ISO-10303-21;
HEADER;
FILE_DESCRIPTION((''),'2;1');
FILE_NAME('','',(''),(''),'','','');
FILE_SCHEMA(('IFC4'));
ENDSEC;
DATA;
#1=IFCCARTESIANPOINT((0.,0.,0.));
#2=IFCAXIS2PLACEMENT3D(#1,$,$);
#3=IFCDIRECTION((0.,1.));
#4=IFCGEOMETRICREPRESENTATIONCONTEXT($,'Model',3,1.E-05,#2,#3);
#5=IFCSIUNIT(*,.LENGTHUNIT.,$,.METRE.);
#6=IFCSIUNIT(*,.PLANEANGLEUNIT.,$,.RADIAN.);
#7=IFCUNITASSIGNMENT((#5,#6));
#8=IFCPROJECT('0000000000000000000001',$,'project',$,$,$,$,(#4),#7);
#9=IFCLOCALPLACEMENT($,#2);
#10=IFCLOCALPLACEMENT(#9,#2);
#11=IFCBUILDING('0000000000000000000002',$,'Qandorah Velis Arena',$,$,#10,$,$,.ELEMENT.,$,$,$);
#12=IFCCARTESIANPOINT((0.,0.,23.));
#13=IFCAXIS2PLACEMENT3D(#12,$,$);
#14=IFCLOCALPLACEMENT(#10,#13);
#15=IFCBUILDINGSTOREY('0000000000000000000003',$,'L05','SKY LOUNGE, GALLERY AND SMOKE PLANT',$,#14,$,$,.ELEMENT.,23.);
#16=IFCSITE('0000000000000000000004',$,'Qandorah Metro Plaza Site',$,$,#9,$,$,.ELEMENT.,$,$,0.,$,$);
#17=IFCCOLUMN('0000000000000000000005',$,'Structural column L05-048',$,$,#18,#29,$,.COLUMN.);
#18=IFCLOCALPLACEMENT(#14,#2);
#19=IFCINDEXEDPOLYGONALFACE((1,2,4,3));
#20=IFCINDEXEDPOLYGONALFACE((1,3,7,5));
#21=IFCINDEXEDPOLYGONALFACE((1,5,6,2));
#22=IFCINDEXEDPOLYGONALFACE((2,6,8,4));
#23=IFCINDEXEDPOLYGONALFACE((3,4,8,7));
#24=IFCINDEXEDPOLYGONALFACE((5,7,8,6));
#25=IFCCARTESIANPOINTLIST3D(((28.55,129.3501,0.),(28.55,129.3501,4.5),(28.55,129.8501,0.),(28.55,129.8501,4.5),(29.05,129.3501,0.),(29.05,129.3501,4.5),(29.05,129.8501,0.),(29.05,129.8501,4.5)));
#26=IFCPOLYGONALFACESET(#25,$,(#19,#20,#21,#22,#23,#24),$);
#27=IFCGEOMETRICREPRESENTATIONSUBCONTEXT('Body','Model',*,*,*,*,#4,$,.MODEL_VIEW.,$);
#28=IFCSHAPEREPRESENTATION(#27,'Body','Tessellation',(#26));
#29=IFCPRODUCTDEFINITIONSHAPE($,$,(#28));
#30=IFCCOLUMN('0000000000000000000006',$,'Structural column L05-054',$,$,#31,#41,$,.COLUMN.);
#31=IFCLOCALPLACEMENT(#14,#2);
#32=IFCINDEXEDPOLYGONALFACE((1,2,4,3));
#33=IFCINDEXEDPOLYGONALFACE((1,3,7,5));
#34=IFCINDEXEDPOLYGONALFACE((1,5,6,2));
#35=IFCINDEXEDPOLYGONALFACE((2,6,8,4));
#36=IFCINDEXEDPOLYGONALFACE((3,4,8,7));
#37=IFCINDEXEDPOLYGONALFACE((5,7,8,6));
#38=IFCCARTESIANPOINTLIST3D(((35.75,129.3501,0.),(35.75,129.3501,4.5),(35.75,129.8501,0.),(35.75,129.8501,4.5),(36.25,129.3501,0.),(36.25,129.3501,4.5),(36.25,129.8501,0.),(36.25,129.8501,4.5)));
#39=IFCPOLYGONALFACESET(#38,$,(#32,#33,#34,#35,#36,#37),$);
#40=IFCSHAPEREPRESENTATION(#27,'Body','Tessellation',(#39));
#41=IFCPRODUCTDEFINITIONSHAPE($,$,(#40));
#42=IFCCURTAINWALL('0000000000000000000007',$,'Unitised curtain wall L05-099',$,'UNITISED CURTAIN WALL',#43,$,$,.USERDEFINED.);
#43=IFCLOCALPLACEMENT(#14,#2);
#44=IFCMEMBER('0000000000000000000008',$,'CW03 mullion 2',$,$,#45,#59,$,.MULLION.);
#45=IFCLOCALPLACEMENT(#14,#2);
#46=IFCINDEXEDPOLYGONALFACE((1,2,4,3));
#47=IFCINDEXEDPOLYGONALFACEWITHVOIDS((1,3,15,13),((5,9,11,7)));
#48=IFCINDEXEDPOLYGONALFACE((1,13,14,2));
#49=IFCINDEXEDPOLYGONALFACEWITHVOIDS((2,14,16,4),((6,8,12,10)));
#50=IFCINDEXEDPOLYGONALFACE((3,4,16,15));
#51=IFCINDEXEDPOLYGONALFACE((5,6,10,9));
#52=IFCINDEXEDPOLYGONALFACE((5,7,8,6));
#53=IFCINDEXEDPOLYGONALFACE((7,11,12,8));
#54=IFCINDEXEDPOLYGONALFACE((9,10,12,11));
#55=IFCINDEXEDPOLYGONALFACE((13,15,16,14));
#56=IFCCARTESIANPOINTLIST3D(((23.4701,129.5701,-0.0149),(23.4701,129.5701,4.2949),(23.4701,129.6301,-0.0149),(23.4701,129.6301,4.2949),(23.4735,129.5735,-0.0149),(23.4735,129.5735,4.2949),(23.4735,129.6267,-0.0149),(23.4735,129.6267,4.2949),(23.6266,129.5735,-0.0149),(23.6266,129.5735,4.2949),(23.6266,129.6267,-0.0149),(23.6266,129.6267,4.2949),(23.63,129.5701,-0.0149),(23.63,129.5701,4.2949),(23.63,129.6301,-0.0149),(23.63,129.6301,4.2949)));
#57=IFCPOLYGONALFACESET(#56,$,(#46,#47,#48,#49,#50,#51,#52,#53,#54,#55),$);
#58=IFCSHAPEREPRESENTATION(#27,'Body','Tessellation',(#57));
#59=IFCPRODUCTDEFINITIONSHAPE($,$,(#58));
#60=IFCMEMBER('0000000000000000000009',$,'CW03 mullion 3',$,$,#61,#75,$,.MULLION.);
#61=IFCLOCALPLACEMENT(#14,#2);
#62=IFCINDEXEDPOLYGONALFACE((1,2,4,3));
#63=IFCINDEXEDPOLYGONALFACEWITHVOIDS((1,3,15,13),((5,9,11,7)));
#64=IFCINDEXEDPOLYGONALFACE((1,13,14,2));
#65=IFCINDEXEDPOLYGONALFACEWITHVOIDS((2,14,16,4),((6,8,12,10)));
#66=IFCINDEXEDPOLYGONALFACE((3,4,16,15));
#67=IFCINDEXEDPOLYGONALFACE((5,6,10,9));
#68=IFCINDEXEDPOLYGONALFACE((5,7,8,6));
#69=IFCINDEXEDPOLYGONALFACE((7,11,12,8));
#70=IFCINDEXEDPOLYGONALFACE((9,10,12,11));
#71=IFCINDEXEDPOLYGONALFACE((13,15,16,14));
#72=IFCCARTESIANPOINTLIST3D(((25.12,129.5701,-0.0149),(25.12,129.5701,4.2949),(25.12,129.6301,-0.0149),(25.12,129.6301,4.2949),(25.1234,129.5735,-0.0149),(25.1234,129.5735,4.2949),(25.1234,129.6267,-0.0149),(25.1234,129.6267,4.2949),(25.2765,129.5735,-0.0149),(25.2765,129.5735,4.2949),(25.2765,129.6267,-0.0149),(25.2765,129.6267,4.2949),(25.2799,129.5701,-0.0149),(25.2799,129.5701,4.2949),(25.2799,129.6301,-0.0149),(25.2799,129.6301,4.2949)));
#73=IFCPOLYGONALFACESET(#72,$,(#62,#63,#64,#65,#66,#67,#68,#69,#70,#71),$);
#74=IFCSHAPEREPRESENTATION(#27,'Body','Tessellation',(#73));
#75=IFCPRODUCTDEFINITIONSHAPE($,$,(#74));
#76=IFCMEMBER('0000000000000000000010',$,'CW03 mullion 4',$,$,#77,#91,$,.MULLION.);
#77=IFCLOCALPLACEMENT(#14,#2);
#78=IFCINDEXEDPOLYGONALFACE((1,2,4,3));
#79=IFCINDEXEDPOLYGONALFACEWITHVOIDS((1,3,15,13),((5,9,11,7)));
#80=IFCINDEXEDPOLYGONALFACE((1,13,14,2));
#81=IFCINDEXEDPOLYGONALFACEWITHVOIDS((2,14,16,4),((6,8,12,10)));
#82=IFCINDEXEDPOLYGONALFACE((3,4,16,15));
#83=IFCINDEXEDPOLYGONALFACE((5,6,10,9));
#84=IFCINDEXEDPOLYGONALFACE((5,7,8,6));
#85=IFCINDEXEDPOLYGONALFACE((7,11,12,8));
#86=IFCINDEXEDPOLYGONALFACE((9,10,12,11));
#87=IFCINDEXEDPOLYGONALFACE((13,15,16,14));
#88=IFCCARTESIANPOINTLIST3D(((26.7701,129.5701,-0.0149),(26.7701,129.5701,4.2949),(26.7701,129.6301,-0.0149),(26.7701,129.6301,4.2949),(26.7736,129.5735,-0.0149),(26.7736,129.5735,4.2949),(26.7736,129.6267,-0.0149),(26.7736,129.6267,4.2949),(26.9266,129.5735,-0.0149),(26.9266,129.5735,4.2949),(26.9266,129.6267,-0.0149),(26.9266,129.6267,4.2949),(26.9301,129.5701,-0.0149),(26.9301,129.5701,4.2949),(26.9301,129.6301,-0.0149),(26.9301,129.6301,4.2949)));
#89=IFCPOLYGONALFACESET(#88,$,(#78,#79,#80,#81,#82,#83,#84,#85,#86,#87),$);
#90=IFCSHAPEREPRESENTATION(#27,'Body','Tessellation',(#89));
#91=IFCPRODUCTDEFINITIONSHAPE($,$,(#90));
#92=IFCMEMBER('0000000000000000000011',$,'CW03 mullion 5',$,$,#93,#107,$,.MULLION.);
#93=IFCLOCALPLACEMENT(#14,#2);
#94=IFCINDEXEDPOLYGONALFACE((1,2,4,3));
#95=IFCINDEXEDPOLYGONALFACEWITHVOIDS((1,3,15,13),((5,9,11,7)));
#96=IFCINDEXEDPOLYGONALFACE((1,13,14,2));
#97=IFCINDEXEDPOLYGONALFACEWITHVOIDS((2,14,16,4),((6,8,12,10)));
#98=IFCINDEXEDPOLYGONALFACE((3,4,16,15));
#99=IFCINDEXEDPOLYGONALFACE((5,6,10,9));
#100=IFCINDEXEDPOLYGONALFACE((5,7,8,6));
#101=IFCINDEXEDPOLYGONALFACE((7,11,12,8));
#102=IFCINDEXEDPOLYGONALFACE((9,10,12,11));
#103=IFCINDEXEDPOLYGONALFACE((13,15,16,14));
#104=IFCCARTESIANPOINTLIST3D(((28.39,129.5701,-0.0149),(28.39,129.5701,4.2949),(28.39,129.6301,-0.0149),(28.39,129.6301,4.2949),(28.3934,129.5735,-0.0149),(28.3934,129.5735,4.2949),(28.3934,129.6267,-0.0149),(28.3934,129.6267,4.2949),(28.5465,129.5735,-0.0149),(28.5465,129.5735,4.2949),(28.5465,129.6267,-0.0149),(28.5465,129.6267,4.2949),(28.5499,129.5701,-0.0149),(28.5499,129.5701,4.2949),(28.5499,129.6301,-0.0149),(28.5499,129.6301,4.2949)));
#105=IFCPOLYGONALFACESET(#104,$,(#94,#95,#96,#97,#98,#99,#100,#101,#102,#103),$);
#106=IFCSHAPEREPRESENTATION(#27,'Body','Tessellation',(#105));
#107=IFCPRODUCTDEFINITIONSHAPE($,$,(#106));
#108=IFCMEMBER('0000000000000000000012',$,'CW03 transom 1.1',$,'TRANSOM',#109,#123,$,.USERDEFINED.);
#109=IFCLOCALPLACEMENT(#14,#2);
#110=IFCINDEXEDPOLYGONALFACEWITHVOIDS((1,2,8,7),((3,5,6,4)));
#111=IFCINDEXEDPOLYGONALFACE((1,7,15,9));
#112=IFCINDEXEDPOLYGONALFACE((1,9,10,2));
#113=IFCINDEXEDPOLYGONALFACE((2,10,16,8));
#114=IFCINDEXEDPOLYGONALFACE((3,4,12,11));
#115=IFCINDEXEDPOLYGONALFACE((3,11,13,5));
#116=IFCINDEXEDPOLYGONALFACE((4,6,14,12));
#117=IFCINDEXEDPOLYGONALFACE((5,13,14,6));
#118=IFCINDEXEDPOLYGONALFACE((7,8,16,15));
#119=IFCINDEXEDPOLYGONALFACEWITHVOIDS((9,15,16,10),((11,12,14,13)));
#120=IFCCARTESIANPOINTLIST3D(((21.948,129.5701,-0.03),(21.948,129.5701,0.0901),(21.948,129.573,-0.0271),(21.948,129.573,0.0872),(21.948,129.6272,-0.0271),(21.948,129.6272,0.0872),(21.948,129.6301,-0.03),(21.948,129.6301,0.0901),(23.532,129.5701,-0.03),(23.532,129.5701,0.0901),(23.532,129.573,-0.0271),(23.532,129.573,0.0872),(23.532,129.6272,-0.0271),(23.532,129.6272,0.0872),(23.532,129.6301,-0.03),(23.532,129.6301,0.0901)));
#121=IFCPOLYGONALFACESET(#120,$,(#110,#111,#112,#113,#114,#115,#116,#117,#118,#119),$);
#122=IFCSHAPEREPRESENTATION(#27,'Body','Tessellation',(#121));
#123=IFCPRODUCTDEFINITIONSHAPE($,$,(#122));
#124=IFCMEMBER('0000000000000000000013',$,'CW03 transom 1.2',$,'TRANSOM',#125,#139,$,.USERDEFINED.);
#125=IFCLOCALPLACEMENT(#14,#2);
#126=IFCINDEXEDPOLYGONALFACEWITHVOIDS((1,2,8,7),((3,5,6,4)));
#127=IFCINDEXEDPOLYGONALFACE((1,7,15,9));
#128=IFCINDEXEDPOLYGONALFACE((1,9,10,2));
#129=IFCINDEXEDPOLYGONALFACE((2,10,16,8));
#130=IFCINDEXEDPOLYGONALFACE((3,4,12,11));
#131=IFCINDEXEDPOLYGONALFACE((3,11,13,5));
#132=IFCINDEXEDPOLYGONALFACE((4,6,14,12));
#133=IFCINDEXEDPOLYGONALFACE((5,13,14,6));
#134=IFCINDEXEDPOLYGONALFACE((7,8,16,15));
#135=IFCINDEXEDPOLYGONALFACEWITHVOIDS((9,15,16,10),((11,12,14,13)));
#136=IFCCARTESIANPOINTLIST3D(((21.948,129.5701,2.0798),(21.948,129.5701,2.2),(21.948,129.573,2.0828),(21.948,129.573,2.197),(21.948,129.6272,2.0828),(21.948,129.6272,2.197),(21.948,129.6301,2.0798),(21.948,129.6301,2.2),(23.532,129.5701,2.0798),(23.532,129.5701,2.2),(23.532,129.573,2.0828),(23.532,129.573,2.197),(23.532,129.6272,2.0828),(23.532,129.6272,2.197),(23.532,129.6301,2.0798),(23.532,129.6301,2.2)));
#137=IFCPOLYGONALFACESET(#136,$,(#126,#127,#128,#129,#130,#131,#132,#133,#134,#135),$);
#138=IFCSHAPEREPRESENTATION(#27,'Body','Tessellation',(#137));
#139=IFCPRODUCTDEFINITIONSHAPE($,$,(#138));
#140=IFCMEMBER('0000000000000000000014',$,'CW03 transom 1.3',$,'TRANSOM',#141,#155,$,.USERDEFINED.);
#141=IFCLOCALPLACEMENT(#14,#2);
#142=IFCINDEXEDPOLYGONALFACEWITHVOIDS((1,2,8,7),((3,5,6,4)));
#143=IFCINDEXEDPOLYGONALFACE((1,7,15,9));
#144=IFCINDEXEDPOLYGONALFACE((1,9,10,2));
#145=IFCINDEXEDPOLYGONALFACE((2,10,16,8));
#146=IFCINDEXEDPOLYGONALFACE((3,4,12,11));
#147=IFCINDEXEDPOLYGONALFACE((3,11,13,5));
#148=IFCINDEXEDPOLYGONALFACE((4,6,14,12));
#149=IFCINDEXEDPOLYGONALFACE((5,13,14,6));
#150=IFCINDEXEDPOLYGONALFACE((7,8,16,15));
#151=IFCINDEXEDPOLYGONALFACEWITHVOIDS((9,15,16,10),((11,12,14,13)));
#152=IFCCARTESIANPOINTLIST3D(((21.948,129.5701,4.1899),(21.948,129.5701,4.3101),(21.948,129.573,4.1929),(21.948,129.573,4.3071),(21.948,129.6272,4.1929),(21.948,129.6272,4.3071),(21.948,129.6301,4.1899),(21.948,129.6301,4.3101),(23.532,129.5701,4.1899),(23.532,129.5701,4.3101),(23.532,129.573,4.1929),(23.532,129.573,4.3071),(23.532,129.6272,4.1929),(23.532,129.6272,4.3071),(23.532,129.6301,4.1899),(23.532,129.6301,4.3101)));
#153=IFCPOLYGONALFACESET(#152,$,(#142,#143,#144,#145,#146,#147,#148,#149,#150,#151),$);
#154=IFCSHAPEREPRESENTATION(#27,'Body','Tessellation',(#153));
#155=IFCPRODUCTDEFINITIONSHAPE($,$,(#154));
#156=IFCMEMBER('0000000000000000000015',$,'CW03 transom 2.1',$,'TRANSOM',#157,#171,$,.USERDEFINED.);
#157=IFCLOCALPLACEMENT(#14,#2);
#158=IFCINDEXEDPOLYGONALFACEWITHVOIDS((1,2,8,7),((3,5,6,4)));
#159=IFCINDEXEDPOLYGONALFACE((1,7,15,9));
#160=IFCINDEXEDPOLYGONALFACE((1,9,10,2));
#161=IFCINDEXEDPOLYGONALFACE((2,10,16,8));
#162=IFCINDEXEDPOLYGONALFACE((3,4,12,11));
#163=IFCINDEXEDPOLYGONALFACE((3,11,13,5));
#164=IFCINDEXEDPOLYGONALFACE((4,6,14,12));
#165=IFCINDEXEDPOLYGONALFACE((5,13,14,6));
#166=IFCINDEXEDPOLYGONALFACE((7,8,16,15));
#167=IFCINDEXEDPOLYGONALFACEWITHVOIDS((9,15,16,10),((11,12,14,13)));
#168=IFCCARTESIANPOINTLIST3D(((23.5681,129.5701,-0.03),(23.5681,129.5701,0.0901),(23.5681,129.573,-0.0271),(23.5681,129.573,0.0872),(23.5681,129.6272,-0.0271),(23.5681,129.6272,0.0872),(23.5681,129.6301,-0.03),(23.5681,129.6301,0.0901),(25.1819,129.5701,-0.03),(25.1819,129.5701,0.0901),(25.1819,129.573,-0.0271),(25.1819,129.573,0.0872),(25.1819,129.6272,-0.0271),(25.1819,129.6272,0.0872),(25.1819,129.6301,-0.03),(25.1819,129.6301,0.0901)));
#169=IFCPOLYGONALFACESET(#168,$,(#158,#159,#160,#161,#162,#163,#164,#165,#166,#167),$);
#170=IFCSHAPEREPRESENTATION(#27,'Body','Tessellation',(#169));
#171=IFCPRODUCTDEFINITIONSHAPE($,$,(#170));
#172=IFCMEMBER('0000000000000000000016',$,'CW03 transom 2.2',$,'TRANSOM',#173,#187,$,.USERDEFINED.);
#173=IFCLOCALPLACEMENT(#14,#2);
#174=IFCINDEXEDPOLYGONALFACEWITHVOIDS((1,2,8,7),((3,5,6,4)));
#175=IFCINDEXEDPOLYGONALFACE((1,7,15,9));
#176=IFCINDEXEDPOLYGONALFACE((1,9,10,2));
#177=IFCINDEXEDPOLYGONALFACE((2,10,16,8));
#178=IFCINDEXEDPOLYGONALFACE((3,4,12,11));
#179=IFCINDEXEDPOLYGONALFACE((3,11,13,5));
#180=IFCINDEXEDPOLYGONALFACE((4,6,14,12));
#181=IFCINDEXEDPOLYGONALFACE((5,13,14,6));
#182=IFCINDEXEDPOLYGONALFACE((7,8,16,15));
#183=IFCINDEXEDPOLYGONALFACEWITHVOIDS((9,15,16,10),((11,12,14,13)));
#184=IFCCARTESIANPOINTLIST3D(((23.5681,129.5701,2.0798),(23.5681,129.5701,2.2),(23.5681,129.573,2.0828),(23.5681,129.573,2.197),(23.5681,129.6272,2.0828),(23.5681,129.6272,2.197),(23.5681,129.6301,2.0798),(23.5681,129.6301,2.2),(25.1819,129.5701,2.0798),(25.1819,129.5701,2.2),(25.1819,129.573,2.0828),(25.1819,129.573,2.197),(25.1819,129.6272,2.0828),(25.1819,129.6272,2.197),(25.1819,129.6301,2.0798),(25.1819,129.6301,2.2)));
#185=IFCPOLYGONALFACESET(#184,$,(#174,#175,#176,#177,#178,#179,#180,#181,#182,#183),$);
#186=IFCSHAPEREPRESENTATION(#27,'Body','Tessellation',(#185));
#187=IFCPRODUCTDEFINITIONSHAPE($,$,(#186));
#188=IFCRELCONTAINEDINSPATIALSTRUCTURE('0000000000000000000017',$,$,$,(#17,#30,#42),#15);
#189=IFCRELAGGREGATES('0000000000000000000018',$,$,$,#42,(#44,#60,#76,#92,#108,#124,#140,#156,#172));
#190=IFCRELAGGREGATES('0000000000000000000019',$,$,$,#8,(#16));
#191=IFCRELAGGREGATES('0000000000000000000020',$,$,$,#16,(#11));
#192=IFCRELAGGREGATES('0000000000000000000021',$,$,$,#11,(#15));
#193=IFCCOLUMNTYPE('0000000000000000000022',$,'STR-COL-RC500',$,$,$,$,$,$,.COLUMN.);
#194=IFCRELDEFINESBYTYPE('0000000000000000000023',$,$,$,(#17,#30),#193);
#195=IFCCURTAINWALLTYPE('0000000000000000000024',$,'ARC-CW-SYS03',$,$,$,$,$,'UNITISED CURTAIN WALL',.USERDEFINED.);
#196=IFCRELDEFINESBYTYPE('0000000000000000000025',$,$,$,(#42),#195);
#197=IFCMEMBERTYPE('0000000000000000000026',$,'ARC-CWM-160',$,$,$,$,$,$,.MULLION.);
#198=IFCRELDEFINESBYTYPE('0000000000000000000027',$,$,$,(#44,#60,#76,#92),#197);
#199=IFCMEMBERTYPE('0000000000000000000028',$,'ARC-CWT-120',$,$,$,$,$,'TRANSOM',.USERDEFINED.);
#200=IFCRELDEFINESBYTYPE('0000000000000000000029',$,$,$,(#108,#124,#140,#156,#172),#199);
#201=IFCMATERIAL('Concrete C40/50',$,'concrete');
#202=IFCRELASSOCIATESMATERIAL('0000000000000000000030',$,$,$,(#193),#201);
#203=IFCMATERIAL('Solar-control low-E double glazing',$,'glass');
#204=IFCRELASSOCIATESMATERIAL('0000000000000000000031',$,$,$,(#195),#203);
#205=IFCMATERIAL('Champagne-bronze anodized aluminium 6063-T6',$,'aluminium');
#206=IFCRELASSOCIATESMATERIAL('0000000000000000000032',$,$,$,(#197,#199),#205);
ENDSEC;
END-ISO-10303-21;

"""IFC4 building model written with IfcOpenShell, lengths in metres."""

from ifc_helpers import new_model, si_unit, direction, frame, origin, origin_2d, place, context, subcontext, project, spatial, rectangle, hollow_rectangle, extrude, material, material_profile, profile_set, type_object, element, aggregate, save


model = new_model("IFC4")

# Units and contexts
model_context = context("Model", 3, precision=1e-05, world=origin(), true_north=direction((0.0, 1.0)))
body_context = subcontext(model_context, "Body", "Model", "MODEL_VIEW")
ifc_project = project(units=[si_unit("LENGTHUNIT", "METRE"), si_unit("PLANEANGLEUNIT", "RADIAN")], contexts=[model_context])

# Site, building, storey
site_placement = place(None, origin())
site = spatial("IfcSite", under=ifc_project, at=site_placement, Name="Qandorah Metro Plaza Site", CompositionType="ELEMENT", RefElevation=0.0)
building_placement = place(site_placement, origin())
building = spatial("IfcBuilding", under=site, at=building_placement, Name="Qandorah Velis Arena", CompositionType="ELEMENT")
storey_placement = place(building_placement, frame((0.0, 0.0, 23.0)))
storey = spatial("IfcBuildingStorey", under=building, at=storey_placement, Name="L05", Description="SKY LOUNGE, GALLERY AND SMOKE PLANT", CompositionType="ELEMENT", Elevation=23.0)

# Columns
ifc_material_1 = material(Name="Concrete C40/50", Category="concrete")
ifc_material_profile_1 = material_profile(ifc_material_1, rectangle(XDim=0.5, YDim=0.5, at=origin_2d()), Name="RC COL 500x500")
ifc_profile_set_1 = profile_set([ifc_material_profile_1], Name="Concrete C40/50")
column_type = type_object("IfcColumnType", Name="STR-COL-RC500", PredefinedType="COLUMN", material=ifc_profile_set_1)
for number, where, z_axis, x_axis, name in (
    (1, (28.8, 129.6001, 0.0), (0.0, 0.0, 1.0), (1.0, 0.0, 0.0), "Structural column L05-048"),
    (2, (36.0, 129.6001, 0.0), (0.0, 0.0, 1.0), (1.0, 0.0, 0.0), "Structural column L05-054"),
):
    element("IfcColumn", number, at=place(storey_placement, frame(where, z_axis=z_axis, x_axis=x_axis)), inside=storey, type_object=column_type, Name=name, PredefinedType="COLUMN", context=body_context, shape_type="SweptSolid", body=[
        extrude(rectangle(XDim=0.5, YDim=0.5, at=origin_2d()), origin(), (0.0, 0.0, 1.0), 4.5),
    ])

# Curtain wall, members
ifc_material_2 = material(Name="Solar-control low-E double glazing", Category="glass")
curtain_wall_type = type_object("IfcCurtainWallType", Name="ARC-CW-SYS03", ElementType="UNITISED CURTAIN WALL", PredefinedType="USERDEFINED", material=ifc_material_2)
curtain_wall_placement = place(storey_placement, origin())
curtain_wall = element("IfcCurtainWall", 3, at=curtain_wall_placement, inside=storey, type_object=curtain_wall_type, Name="Unitised curtain wall L05-099", ObjectType="UNITISED CURTAIN WALL", PredefinedType="USERDEFINED")
ifc_material_3 = material(Name="Champagne-bronze anodized aluminium 6063-T6", Category="aluminium")
ifc_material_profile_2 = material_profile(ifc_material_3, hollow_rectangle(XDim=0.0601, YDim=0.1599, WallThickness=0.0034, at=origin_2d()), Name="ALU MULLION 60x160")
ifc_profile_set_2 = profile_set([ifc_material_profile_2], Name="Champagne-bronze anodized aluminium 6063-T6")
member_type_1 = type_object("IfcMemberType", Name="ARC-CWM-160", PredefinedType="MULLION", material=ifc_profile_set_2)
member_1_placement = place(storey_placement, frame((23.55, 129.6001, -0.0149), z_axis=(0.0, 0.0, 1.0), x_axis=(0.0, 1.0, 0.0)))
member_1 = element("IfcMember", 4, at=member_1_placement, type_object=member_type_1, Name="CW03 mullion 2", PredefinedType="MULLION", context=body_context, shape_type="SweptSolid", body=[
    extrude(hollow_rectangle(XDim=0.0601, YDim=0.1599, WallThickness=0.0034, at=origin_2d()), origin(), (0.0, 0.0, 1.0), 4.3098),
])
member_2_placement = place(storey_placement, frame((25.2, 129.6001, -0.0149), z_axis=(0.0, 0.0, 1.0), x_axis=(0.0, 1.0, 0.0)))
member_2 = element("IfcMember", 5, at=member_2_placement, type_object=member_type_1, Name="CW03 mullion 3", PredefinedType="MULLION", context=body_context, shape_type="SweptSolid", body=[
    extrude(hollow_rectangle(XDim=0.0601, YDim=0.1599, WallThickness=0.0034, at=origin_2d()), origin(), (0.0, 0.0, 1.0), 4.3098),
])
member_3_placement = place(storey_placement, frame((26.8501, 129.6001, -0.0149), z_axis=(0.0, 0.0, 1.0), x_axis=(0.0, 1.0, 0.0)))
member_3 = element("IfcMember", 6, at=member_3_placement, type_object=member_type_1, Name="CW03 mullion 4", PredefinedType="MULLION", context=body_context, shape_type="SweptSolid", body=[
    extrude(hollow_rectangle(XDim=0.0601, YDim=0.1599, WallThickness=0.0034, at=origin_2d()), origin(), (0.0, 0.0, 1.0), 4.3098),
])
member_4_placement = place(storey_placement, frame((28.47, 129.6001, -0.0149), z_axis=(0.0, 0.0, 1.0), x_axis=(0.0, 1.0, 0.0)))
member_4 = element("IfcMember", 7, at=member_4_placement, type_object=member_type_1, Name="CW03 mullion 5", PredefinedType="MULLION", context=body_context, shape_type="SweptSolid", body=[
    extrude(hollow_rectangle(XDim=0.0601, YDim=0.1599, WallThickness=0.0034, at=origin_2d()), origin(), (0.0, 0.0, 1.0), 4.3098),
])
ifc_material_profile_3 = material_profile(ifc_material_3, hollow_rectangle(XDim=0.0601, YDim=0.1201, WallThickness=0.0029, at=origin_2d()), Name="ALU TRANSOM 60x120")
ifc_profile_set_3 = profile_set([ifc_material_profile_3], Name="Champagne-bronze anodized aluminium 6063-T6")
member_type_2 = type_object("IfcMemberType", Name="ARC-CWT-120", ElementType="TRANSOM", PredefinedType="USERDEFINED", material=ifc_profile_set_3)
member_5_placement = place(storey_placement, frame((21.948, 129.6001, 0.03), z_axis=(1.0, 0.0, 0.0), x_axis=(0.0, 1.0, 0.0)))
member_5 = element("IfcMember", 8, at=member_5_placement, type_object=member_type_2, Name="CW03 transom 1.1", ObjectType="TRANSOM", PredefinedType="USERDEFINED", context=body_context, shape_type="SweptSolid", body=[
    extrude(hollow_rectangle(XDim=0.0601, YDim=0.1201, WallThickness=0.0029, at=origin_2d()), origin(), (0.0, 0.0, 1.0), 1.584),
])
member_6_placement = place(storey_placement, frame((21.948, 129.6001, 2.1399), z_axis=(1.0, 0.0, 0.0), x_axis=(0.0, 1.0, 0.0)))
member_6 = element("IfcMember", 9, at=member_6_placement, type_object=member_type_2, Name="CW03 transom 1.2", ObjectType="TRANSOM", PredefinedType="USERDEFINED", context=body_context, shape_type="SweptSolid", body=[
    extrude(hollow_rectangle(XDim=0.0601, YDim=0.1201, WallThickness=0.0029, at=origin_2d()), origin(), (0.0, 0.0, 1.0), 1.584),
])
member_7_placement = place(storey_placement, frame((21.948, 129.6001, 4.25), z_axis=(1.0, 0.0, 0.0), x_axis=(0.0, 1.0, 0.0)))
member_7 = element("IfcMember", 10, at=member_7_placement, type_object=member_type_2, Name="CW03 transom 1.3", ObjectType="TRANSOM", PredefinedType="USERDEFINED", context=body_context, shape_type="SweptSolid", body=[
    extrude(hollow_rectangle(XDim=0.0601, YDim=0.1201, WallThickness=0.0029, at=origin_2d()), origin(), (0.0, 0.0, 1.0), 1.584),
])
member_8_placement = place(storey_placement, frame((23.5681, 129.6001, 0.03), z_axis=(1.0, 0.0, 0.0), x_axis=(0.0, 1.0, 0.0)))
member_8 = element("IfcMember", 11, at=member_8_placement, type_object=member_type_2, Name="CW03 transom 2.1", ObjectType="TRANSOM", PredefinedType="USERDEFINED", context=body_context, shape_type="SweptSolid", body=[
    extrude(hollow_rectangle(XDim=0.0601, YDim=0.1201, WallThickness=0.0029, at=origin_2d()), origin(), (0.0, 0.0, 1.0), 1.6138),
])
member_9_placement = place(storey_placement, frame((23.5681, 129.6001, 2.1399), z_axis=(1.0, 0.0, 0.0), x_axis=(0.0, 1.0, 0.0)))
member_9 = element("IfcMember", 12, at=member_9_placement, type_object=member_type_2, Name="CW03 transom 2.2", ObjectType="TRANSOM", PredefinedType="USERDEFINED", context=body_context, shape_type="SweptSolid", body=[
    extrude(hollow_rectangle(XDim=0.0601, YDim=0.1201, WallThickness=0.0029, at=origin_2d()), origin(), (0.0, 0.0, 1.0), 1.6138),
])

aggregate(curtain_wall, [member_1, member_2, member_3, member_4, member_5, member_6, member_7, member_8, member_9])

save(model, "model.ifc")
